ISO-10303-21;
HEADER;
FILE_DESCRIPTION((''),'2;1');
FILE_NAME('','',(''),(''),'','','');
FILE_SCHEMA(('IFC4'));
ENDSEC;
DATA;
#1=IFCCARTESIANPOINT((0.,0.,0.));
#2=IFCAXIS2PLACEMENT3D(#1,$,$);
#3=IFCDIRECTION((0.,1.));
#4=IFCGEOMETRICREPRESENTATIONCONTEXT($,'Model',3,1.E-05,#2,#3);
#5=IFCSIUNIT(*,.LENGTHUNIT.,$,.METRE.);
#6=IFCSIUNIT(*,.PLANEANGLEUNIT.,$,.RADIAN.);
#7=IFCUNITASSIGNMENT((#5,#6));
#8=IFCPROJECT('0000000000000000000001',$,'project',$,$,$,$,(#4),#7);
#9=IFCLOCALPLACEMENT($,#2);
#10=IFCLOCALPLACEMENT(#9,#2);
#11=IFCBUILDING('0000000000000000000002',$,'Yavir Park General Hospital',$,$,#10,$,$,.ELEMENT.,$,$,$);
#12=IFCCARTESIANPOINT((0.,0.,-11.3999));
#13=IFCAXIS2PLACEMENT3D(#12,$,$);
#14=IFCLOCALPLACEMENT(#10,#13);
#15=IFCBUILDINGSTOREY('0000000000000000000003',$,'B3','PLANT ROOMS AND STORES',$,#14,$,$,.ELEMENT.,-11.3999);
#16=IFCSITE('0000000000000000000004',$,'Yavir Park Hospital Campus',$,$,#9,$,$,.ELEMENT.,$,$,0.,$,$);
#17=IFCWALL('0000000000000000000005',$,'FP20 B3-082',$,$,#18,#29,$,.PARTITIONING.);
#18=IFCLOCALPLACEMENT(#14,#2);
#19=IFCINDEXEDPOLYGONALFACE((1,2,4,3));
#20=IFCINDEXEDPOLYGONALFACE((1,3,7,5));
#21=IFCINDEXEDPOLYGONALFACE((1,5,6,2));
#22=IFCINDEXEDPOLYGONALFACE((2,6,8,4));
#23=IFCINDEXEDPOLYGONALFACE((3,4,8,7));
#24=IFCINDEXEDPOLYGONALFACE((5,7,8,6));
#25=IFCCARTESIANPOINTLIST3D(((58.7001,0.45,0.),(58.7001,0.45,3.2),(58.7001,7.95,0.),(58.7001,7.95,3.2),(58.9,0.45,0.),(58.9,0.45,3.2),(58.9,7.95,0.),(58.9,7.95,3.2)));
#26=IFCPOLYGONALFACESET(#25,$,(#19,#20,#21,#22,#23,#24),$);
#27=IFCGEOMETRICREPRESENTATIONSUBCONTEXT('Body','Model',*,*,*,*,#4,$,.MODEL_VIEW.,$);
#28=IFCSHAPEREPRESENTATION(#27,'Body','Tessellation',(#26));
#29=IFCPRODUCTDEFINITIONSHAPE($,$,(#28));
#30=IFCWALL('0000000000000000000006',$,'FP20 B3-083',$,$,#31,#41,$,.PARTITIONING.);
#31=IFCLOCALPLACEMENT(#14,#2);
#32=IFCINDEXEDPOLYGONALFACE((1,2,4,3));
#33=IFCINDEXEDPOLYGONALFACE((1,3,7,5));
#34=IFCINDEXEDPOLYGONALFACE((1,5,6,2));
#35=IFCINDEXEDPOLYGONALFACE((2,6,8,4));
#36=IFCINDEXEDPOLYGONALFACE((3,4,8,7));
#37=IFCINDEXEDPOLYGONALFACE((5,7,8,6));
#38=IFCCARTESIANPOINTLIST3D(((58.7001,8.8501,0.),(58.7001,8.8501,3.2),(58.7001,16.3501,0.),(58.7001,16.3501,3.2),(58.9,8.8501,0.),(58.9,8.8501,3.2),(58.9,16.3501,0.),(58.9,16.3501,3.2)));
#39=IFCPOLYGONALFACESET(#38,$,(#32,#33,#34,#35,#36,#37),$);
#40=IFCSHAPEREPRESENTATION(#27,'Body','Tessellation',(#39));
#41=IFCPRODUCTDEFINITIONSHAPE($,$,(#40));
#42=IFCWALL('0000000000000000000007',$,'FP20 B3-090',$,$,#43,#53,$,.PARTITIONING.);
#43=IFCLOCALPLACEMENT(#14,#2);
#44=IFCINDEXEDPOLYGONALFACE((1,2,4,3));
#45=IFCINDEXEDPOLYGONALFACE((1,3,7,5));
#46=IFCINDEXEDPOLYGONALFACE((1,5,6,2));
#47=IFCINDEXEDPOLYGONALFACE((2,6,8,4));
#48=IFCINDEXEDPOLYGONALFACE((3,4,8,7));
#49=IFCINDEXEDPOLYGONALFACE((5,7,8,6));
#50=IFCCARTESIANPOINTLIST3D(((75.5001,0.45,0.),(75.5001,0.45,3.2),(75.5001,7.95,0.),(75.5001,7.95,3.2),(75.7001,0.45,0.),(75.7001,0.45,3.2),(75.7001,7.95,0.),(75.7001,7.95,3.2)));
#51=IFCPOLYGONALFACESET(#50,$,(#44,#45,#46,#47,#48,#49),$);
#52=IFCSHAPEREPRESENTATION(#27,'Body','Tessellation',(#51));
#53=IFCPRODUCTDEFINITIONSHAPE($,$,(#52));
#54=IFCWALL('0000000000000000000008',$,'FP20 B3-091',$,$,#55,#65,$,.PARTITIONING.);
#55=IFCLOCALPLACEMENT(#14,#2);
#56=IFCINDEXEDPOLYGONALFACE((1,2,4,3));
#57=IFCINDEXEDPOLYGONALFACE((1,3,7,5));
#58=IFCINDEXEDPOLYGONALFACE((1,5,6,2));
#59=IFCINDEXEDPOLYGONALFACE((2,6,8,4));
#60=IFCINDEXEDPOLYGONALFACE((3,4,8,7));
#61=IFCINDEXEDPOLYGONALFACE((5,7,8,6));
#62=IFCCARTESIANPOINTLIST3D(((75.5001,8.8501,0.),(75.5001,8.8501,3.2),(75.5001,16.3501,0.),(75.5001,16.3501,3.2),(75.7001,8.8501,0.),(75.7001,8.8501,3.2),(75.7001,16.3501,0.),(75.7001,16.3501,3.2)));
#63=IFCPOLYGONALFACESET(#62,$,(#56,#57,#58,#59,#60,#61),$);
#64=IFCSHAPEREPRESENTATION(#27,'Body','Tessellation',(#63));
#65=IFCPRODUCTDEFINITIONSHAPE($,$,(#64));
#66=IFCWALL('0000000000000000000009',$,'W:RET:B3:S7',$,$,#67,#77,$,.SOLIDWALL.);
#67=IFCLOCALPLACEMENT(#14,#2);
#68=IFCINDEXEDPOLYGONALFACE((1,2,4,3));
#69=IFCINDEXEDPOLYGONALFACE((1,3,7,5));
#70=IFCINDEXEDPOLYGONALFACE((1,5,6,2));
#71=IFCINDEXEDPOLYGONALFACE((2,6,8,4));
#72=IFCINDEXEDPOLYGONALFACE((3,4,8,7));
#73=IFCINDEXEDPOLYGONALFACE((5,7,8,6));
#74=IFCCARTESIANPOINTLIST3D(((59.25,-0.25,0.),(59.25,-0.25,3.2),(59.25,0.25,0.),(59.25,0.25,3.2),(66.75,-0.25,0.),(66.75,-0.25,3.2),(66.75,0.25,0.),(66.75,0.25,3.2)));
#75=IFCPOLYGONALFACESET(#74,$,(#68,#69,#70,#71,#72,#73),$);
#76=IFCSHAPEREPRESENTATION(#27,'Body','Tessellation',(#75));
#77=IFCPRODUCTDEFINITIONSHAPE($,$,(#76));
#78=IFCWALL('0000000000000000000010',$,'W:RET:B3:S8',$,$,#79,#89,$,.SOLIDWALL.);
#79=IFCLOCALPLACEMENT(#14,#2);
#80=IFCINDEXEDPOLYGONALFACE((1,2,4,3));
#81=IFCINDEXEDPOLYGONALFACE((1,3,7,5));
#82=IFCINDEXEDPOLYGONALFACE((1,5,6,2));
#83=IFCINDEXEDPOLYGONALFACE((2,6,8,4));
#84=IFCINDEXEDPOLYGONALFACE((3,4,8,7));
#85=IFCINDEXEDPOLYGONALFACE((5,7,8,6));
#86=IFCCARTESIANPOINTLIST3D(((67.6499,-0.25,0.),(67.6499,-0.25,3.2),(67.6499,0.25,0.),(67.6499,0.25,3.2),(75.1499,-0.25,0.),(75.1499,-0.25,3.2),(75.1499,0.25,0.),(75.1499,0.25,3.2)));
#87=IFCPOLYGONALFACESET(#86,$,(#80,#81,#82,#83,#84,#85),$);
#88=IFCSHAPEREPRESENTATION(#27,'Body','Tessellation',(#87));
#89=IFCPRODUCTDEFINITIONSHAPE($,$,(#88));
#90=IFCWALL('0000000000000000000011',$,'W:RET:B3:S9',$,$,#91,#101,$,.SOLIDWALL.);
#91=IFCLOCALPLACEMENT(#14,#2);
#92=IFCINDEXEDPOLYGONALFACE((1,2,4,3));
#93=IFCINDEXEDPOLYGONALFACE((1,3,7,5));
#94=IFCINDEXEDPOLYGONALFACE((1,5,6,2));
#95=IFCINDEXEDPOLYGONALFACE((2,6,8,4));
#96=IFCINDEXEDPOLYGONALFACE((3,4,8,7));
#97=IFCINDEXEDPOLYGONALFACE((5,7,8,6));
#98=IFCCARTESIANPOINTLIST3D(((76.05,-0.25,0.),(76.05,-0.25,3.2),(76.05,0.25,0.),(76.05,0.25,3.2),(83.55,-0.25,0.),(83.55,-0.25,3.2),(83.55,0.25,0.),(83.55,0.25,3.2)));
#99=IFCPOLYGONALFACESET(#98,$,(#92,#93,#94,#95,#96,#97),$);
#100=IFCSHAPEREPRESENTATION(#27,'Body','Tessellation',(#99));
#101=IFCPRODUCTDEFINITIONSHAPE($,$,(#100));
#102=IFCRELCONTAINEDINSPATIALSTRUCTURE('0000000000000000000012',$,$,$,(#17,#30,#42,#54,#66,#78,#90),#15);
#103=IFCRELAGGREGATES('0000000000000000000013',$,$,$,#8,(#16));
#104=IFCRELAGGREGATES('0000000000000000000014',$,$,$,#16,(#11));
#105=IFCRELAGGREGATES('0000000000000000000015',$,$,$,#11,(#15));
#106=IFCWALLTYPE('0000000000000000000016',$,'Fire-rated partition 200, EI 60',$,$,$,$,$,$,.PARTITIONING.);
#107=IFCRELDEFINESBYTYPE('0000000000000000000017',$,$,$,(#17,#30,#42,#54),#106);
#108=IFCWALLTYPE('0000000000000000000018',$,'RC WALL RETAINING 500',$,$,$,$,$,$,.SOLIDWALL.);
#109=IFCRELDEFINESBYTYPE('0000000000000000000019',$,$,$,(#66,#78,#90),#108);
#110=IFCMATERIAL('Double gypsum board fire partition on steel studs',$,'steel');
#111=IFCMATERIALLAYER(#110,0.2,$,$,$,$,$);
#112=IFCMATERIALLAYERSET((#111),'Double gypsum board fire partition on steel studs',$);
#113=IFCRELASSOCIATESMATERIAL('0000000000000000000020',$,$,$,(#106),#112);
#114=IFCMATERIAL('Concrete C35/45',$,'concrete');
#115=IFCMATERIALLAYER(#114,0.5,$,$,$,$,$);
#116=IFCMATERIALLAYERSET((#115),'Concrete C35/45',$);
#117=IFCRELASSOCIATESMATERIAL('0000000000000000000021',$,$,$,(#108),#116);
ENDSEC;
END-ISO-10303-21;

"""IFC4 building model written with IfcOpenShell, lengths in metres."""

from ifc_helpers import new_model, si_unit, direction, frame, frame_2d, origin, place, context, subcontext, project, spatial, rectangle, extrude, material, layer, layer_set, type_object, element, save


model = new_model("IFC4")

# Units and contexts
model_context = context("Model", 3, precision=1e-05, world=origin(), true_north=direction((0.0, 1.0)))
body_context = subcontext(model_context, "Body", "Model", "MODEL_VIEW")
ifc_project = project(units=[si_unit("LENGTHUNIT", "METRE"), si_unit("PLANEANGLEUNIT", "RADIAN")], contexts=[model_context])

# Site, building, storey
site_placement = place(None, origin())
site = spatial("IfcSite", under=ifc_project, at=site_placement, Name="Yavir Park Hospital Campus", CompositionType="ELEMENT", RefElevation=0.0)
building_placement = place(site_placement, origin())
building = spatial("IfcBuilding", under=site, at=building_placement, Name="Yavir Park General Hospital", CompositionType="ELEMENT")
storey_placement = place(building_placement, frame((0.0, 0.0, -11.3999)))
storey = spatial("IfcBuildingStorey", under=building, at=storey_placement, Name="B3", Description="PLANT ROOMS AND STORES", CompositionType="ELEMENT", Elevation=-11.3999)

# Shared definitions
ifc_material_1 = material(Name="Double gypsum board fire partition on steel studs", Category="steel")
ifc_layer_1 = layer(ifc_material_1, 0.2)
ifc_layer_set_1 = layer_set([ifc_layer_1], Name="Double gypsum board fire partition on steel studs")
wall_type_1 = type_object("IfcWallType", Name="Fire-rated partition 200, EI 60", PredefinedType="PARTITIONING", material=ifc_layer_set_1)

# Walls
for number, where, z_axis, x_axis, name in (
    (1, (58.8, 0.45, 0.0), (0.0, 0.0, 1.0), (0.0, 1.0, 0.0), "FP20 B3-082"),
    (2, (58.8, 8.8501, 0.0), (0.0, 0.0, 1.0), (0.0, 1.0, 0.0), "FP20 B3-083"),
    (3, (75.6001, 0.45, 0.0), (0.0, 0.0, 1.0), (0.0, 1.0, 0.0), "FP20 B3-090"),
    (4, (75.6001, 8.8501, 0.0), (0.0, 0.0, 1.0), (0.0, 1.0, 0.0), "FP20 B3-091"),
):
    element("IfcWall", number, at=place(storey_placement, frame(where, z_axis=z_axis, x_axis=x_axis)), inside=storey, type_object=wall_type_1, Name=name, PredefinedType="PARTITIONING", context=body_context, shape_type="SweptSolid", body=[
        extrude(rectangle(XDim=7.5, YDim=0.2, at=frame_2d((3.75, 0.0))), origin(), (0.0, 0.0, 1.0), 3.2),
    ])
ifc_material_2 = material(Name="Concrete C35/45", Category="concrete")
ifc_layer_2 = layer(ifc_material_2, 0.5)
ifc_layer_set_2 = layer_set([ifc_layer_2], Name="Concrete C35/45")
wall_type_2 = type_object("IfcWallType", Name="RC WALL RETAINING 500", PredefinedType="SOLIDWALL", material=ifc_layer_set_2)
for number, where, z_axis, x_axis, name in (
    (5, (59.25, 0.0, 0.0), (0.0, 0.0, 1.0), (1.0, 0.0, 0.0), "W:RET:B3:S7"),
    (6, (67.6499, 0.0, 0.0), (0.0, 0.0, 1.0), (1.0, 0.0, 0.0), "W:RET:B3:S8"),
    (7, (76.05, 0.0, 0.0), (0.0, 0.0, 1.0), (1.0, 0.0, 0.0), "W:RET:B3:S9"),
):
    element("IfcWall", number, at=place(storey_placement, frame(where, z_axis=z_axis, x_axis=x_axis)), inside=storey, type_object=wall_type_2, Name=name, PredefinedType="SOLIDWALL", context=body_context, shape_type="SweptSolid", body=[
        extrude(rectangle(XDim=7.5, YDim=0.5, at=frame_2d((3.75, 0.0))), origin(), (0.0, 0.0, 1.0), 3.2),
    ])

save(model, "model.ifc")
